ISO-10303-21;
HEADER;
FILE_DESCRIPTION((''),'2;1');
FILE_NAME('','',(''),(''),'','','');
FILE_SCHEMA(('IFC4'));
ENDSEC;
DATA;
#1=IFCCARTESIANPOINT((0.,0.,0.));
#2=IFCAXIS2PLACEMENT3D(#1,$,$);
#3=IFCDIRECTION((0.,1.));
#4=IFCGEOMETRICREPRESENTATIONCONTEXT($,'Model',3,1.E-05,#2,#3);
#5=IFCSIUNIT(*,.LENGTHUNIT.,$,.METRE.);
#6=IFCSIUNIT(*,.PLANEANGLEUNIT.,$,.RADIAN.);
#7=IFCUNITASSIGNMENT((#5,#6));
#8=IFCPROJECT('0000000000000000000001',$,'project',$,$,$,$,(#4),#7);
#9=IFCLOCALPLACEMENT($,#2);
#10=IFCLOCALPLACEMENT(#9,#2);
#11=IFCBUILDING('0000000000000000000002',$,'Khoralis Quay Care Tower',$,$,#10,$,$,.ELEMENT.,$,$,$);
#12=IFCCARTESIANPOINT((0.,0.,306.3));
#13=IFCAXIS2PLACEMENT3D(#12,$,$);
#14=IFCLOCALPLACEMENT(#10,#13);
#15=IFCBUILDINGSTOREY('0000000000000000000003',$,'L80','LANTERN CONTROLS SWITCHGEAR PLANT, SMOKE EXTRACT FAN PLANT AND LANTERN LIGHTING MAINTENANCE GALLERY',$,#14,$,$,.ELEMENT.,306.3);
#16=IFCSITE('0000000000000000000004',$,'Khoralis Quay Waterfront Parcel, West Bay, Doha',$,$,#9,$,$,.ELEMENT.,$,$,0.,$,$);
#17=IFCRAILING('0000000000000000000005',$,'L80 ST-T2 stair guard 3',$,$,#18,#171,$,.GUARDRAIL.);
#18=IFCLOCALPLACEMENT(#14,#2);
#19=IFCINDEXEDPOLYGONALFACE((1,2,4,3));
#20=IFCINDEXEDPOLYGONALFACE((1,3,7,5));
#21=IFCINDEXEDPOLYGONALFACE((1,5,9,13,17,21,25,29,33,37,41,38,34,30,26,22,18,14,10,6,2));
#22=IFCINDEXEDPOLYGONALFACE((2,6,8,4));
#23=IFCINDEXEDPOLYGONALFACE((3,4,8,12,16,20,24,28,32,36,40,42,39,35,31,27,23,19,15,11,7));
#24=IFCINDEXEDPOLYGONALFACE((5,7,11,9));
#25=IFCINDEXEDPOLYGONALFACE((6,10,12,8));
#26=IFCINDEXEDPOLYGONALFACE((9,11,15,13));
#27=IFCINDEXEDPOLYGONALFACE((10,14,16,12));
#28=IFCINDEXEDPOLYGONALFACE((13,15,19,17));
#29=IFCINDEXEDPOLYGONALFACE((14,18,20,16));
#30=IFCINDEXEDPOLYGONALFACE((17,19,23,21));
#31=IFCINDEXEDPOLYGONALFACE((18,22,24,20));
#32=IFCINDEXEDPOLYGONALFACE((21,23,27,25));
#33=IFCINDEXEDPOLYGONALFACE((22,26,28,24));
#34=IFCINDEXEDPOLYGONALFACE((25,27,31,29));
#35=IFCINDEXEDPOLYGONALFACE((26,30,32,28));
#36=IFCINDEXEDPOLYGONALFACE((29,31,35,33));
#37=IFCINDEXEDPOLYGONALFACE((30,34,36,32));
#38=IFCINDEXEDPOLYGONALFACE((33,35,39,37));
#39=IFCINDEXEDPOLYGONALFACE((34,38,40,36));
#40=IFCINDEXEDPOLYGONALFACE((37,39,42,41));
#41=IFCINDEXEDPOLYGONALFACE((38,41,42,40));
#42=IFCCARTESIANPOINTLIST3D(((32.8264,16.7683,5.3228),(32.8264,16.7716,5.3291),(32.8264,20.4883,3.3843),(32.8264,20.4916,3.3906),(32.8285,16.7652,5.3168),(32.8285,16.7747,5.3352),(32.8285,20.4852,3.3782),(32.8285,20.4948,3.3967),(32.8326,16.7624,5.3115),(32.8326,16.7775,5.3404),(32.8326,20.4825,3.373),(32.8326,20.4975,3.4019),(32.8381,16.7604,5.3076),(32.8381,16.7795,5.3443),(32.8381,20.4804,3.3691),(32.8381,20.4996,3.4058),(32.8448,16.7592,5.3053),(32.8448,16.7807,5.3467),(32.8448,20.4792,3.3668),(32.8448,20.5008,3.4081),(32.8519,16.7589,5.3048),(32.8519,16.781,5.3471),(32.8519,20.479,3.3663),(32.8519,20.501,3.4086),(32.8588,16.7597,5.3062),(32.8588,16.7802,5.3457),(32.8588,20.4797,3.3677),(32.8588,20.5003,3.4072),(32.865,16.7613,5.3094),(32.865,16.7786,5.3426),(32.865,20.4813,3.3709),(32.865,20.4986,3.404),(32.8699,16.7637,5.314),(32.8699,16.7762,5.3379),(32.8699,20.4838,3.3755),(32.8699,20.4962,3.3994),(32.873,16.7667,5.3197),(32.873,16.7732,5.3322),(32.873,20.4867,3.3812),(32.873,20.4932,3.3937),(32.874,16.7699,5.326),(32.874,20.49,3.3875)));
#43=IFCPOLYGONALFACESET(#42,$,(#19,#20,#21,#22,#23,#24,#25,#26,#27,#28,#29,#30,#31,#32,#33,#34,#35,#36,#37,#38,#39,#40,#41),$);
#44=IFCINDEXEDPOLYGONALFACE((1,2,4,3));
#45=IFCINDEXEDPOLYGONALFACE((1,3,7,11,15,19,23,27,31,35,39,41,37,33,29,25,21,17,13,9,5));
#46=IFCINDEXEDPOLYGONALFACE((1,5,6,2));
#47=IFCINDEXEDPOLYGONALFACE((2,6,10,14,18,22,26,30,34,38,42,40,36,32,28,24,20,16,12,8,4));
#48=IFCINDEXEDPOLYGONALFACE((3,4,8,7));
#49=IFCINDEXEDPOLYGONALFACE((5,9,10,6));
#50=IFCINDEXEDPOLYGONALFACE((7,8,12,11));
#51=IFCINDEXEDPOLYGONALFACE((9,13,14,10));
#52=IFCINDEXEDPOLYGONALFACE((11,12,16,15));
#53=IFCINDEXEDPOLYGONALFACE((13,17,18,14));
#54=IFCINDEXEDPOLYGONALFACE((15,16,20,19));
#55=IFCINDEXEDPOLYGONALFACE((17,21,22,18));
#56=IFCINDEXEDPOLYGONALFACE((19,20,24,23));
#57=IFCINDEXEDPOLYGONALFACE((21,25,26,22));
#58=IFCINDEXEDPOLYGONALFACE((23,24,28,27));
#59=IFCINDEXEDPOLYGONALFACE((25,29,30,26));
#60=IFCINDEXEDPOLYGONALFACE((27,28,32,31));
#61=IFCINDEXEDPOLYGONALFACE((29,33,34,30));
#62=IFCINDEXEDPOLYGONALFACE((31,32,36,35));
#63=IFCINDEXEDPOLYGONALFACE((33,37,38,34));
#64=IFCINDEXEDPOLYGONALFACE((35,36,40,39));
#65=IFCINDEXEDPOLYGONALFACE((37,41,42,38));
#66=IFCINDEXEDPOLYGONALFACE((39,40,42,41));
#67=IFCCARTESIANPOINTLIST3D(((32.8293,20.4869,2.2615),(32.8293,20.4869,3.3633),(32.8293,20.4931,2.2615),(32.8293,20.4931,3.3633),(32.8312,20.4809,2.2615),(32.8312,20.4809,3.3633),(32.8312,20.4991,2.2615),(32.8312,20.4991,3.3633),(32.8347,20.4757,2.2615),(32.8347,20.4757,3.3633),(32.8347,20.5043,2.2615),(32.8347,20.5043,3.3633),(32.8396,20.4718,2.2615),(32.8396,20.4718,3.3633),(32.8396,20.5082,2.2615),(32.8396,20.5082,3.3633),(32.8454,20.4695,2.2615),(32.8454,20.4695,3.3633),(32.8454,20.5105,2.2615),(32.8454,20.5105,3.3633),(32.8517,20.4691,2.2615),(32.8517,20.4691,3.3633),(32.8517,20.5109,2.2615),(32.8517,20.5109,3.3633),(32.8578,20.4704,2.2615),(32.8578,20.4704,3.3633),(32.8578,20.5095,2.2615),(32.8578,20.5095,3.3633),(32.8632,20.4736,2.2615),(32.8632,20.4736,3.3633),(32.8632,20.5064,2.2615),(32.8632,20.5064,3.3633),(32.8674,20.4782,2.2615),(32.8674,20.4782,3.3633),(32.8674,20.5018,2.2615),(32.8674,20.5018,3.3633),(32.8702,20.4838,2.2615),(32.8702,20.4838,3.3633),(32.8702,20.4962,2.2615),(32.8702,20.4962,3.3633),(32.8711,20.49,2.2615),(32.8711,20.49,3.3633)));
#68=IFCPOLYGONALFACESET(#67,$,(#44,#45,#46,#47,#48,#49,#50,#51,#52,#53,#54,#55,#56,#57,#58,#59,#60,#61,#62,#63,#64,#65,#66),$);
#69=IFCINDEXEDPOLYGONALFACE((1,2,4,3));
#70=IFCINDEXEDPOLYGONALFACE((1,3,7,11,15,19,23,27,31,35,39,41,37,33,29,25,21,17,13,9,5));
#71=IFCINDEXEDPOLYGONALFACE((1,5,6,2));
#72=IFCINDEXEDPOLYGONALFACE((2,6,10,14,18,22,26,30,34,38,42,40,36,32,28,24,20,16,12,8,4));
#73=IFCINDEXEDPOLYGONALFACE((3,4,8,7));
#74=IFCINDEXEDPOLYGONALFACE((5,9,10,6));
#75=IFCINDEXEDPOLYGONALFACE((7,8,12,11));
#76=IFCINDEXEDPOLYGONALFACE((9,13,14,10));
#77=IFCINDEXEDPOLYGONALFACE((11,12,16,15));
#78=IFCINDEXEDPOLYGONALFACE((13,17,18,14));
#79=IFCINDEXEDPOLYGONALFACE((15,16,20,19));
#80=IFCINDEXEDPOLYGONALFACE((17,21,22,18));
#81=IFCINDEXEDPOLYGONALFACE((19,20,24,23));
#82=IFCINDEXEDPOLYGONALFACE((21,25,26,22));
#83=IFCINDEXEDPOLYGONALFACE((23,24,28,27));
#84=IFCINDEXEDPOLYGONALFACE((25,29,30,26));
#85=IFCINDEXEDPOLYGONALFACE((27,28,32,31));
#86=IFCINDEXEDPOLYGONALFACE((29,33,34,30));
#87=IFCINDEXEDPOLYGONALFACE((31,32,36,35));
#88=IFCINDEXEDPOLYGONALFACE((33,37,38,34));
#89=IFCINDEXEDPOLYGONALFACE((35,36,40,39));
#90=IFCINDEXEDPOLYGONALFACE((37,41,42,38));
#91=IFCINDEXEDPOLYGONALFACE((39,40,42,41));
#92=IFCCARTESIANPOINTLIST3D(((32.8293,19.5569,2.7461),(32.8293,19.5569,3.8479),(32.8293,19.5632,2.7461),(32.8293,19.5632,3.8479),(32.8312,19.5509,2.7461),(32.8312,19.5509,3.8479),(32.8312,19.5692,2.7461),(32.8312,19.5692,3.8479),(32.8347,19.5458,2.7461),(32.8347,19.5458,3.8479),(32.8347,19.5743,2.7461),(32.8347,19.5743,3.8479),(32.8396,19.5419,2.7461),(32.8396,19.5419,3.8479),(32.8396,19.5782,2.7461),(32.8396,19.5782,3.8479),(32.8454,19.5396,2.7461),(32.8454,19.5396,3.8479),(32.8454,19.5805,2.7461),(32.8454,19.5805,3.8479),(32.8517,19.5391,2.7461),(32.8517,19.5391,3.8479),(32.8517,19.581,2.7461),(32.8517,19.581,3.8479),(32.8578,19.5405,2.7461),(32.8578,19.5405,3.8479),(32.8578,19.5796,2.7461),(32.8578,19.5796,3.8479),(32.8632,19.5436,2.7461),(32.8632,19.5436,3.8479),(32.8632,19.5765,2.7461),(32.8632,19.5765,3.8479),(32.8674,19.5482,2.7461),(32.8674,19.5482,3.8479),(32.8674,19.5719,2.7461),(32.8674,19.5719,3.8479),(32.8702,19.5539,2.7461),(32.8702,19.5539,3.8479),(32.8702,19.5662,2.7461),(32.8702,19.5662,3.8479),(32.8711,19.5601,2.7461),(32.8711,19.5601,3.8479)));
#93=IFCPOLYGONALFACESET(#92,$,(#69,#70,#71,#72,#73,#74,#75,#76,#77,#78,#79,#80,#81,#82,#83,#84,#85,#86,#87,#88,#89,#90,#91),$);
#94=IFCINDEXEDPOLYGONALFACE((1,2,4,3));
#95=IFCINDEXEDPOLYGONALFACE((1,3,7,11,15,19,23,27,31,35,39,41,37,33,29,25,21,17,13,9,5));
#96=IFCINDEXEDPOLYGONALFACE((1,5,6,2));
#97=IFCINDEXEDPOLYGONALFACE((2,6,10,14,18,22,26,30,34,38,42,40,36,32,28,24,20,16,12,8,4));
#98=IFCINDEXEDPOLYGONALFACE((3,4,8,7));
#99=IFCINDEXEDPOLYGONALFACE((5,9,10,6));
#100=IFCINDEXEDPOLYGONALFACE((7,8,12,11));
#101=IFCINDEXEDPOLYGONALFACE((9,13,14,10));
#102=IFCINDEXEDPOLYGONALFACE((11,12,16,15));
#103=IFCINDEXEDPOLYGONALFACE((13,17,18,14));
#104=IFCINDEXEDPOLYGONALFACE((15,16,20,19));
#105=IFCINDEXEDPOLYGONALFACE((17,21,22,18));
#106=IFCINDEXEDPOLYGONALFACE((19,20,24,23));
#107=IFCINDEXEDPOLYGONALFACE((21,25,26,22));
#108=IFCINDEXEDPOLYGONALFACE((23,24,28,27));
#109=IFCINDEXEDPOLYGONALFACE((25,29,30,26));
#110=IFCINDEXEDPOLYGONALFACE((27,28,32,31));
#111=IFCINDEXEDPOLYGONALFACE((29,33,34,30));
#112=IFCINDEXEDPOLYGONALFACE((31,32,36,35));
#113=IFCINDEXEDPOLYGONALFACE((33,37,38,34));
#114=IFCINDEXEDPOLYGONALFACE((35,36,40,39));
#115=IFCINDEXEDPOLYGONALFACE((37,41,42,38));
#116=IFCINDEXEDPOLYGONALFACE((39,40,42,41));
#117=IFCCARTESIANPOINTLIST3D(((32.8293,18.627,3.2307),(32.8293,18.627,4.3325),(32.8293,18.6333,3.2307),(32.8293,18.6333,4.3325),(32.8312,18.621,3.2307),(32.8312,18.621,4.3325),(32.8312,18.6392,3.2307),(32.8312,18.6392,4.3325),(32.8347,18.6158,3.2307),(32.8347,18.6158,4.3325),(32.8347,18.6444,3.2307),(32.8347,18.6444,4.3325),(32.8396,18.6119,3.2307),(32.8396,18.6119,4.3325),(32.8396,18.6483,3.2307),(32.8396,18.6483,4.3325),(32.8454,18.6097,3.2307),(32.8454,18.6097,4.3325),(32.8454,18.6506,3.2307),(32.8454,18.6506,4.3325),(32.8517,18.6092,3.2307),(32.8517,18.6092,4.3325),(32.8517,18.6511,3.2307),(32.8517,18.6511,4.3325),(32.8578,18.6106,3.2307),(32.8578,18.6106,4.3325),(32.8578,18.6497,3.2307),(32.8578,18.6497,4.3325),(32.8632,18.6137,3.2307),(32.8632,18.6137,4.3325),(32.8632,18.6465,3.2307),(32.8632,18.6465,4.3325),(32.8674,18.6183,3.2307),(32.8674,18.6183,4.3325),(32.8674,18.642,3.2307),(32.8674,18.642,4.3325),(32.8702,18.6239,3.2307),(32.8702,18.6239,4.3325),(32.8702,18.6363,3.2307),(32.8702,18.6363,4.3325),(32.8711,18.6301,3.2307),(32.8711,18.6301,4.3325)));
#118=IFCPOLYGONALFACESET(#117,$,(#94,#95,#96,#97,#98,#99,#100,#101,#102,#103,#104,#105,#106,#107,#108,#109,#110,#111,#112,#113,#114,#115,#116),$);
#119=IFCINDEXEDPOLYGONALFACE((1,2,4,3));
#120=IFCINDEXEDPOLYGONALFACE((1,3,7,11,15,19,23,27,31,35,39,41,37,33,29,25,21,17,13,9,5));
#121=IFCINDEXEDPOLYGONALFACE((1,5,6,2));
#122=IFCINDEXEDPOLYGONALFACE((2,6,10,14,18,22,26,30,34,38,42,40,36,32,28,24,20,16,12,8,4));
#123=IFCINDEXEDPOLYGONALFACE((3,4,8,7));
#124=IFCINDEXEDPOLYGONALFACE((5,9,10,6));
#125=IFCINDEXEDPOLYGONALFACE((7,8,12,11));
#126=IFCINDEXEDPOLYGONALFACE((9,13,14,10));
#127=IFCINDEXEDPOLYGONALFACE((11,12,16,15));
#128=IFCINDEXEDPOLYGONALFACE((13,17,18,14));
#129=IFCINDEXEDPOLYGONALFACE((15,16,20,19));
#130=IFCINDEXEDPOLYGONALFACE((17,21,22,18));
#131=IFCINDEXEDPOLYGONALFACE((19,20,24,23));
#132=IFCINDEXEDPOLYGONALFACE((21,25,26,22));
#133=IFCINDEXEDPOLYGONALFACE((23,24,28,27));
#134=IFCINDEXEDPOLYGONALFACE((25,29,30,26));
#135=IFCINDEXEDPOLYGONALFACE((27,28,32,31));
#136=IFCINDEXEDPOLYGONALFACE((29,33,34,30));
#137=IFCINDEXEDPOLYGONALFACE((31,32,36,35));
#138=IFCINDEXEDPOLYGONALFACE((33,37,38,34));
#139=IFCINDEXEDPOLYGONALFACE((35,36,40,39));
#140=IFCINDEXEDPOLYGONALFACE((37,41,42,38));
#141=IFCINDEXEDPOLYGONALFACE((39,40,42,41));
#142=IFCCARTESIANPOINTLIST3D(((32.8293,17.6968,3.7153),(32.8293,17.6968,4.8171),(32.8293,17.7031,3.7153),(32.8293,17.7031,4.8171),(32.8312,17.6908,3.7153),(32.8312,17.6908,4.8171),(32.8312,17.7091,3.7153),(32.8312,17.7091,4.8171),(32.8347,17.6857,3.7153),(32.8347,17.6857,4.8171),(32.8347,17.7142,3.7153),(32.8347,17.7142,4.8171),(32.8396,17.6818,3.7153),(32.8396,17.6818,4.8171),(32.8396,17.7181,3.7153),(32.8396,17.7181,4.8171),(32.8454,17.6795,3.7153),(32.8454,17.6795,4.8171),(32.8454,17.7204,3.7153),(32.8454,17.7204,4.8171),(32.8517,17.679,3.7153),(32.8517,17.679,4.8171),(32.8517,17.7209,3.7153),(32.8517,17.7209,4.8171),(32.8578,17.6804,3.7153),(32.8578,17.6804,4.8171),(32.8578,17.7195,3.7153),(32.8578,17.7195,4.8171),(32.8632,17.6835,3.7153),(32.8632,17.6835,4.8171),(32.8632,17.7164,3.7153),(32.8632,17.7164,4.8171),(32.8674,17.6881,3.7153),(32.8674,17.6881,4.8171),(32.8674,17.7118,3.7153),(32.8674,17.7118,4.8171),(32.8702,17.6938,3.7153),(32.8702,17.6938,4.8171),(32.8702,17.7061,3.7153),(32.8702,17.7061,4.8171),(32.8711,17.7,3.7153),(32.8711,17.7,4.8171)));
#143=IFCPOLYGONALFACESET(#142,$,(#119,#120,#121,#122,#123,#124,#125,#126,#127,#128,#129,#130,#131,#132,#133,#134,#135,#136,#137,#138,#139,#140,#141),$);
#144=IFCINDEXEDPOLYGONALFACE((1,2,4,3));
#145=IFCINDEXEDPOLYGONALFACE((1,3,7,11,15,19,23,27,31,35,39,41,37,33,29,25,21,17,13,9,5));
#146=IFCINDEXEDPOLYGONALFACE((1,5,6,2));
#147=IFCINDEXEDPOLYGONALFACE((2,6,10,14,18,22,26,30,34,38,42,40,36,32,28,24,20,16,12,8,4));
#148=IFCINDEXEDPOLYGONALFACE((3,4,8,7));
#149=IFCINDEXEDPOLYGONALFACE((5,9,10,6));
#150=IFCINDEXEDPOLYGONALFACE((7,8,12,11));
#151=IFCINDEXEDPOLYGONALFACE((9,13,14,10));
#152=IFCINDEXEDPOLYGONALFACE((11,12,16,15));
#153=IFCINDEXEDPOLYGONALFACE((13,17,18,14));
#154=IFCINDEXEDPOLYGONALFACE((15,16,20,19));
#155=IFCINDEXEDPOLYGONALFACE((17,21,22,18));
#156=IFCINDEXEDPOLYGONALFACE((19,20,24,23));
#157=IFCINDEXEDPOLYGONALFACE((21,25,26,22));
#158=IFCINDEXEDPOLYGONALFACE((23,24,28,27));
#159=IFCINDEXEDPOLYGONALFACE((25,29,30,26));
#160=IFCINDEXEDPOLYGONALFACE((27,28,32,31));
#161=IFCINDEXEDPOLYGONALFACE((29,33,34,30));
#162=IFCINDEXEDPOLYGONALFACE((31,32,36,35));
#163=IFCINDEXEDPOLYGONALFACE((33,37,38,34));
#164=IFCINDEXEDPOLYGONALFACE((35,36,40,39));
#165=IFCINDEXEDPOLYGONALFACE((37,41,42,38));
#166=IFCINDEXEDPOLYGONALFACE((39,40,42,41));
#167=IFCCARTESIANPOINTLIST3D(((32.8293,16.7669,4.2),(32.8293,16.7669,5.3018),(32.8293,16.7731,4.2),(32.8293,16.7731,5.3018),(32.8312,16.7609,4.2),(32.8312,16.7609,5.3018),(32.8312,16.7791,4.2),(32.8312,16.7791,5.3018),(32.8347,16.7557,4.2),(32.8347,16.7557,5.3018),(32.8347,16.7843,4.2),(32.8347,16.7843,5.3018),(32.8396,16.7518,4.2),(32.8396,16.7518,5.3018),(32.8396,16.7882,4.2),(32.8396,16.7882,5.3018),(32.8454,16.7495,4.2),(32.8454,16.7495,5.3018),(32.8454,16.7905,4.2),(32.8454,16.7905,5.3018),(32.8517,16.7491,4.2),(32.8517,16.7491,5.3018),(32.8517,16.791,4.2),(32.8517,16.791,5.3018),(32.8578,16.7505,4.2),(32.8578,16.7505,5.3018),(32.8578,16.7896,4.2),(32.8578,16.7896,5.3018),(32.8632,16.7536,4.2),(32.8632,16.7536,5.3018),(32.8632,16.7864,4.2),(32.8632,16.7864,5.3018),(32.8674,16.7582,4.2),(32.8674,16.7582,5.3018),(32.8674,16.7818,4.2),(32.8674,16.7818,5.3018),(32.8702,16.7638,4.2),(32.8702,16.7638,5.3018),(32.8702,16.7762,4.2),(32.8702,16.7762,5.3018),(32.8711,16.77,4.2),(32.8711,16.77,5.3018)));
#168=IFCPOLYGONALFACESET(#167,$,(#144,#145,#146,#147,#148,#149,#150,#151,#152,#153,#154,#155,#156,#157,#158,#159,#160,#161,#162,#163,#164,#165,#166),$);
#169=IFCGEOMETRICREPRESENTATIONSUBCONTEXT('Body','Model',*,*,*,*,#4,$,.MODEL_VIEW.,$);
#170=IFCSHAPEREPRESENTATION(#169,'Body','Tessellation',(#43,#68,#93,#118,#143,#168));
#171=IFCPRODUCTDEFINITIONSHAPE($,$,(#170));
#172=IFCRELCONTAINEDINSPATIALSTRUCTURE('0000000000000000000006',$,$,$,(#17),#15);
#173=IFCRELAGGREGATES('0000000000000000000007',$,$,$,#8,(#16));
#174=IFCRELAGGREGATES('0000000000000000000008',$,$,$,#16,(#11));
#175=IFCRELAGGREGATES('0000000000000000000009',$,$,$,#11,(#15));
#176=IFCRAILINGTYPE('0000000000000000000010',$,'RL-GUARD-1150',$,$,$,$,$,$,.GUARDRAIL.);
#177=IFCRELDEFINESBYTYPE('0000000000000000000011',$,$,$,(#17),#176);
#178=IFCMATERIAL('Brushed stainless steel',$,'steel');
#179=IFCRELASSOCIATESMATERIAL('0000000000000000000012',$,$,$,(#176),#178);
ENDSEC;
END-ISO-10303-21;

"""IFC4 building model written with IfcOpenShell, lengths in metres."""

from ifc_helpers import new_model, si_unit, direction, frame, origin, origin_2d, place, context, subcontext, project, spatial, circle, extrude, material, type_object, element, save


model = new_model("IFC4")

# Units and contexts
model_context = context("Model", 3, precision=1e-05, world=origin(), true_north=direction((0.0, 1.0)))
body_context = subcontext(model_context, "Body", "Model", "MODEL_VIEW")
ifc_project = project(units=[si_unit("LENGTHUNIT", "METRE"), si_unit("PLANEANGLEUNIT", "RADIAN")], contexts=[model_context])

# Site, building, storey
site_placement = place(None, origin())
site = spatial("IfcSite", under=ifc_project, at=site_placement, Name="Khoralis Quay Waterfront Parcel, West Bay, Doha", CompositionType="ELEMENT", RefElevation=0.0)
building_placement = place(site_placement, origin())
building = spatial("IfcBuilding", under=site, at=building_placement, Name="Khoralis Quay Care Tower", CompositionType="ELEMENT")
storey_placement = place(building_placement, frame((0.0, 0.0, 306.3)))
storey = spatial("IfcBuildingStorey", under=building, at=storey_placement, Name="L80", Description="LANTERN CONTROLS SWITCHGEAR PLANT, SMOKE EXTRACT FAN PLANT AND LANTERN LIGHTING MAINTENANCE GALLERY", CompositionType="ELEMENT", Elevation=306.3)

# Railing
ifc_material_1 = material(Name="Brushed stainless steel", Category="steel")
railing_type = type_object("IfcRailingType", Name="RL-GUARD-1150", PredefinedType="GUARDRAIL", material=ifc_material_1)
railing_1_placement = place(storey_placement, frame((32.8501, 20.49, 2.2615)))
element("IfcRailing", 1, at=railing_1_placement, inside=storey, type_object=railing_type, Name="L80 ST-T2 stair guard 3", PredefinedType="GUARDRAIL", context=body_context, shape_type="SweptSolid", body=[
    extrude(circle(Radius=0.0239, at=origin_2d()), frame((0.0, 0.0, 1.126), z_axis=(0.0, -0.886817, 0.46212), x_axis=(1.0, 0.0, 0.0)), (0.0, 0.0, 1.0), 4.1948),
    extrude(circle(Radius=0.021, at=origin_2d()), origin(), (0.0, 0.0, 1.0), 1.1018),
    extrude(circle(Radius=0.021, at=origin_2d()), frame((0.0, -0.9299, 0.4846)), (0.0, 0.0, 1.0), 1.1018),
    extrude(circle(Radius=0.021, at=origin_2d()), frame((0.0, -1.8599, 0.9692)), (0.0, 0.0, 1.0), 1.1018),
    extrude(circle(Radius=0.021, at=origin_2d()), frame((0.0, -2.79, 1.4539)), (0.0, 0.0, 1.0), 1.1018),
    extrude(circle(Radius=0.021, at=origin_2d()), frame((0.0, -3.72, 1.9385)), (0.0, 0.0, 1.0), 1.1018),
])

save(model, "model.ifc")
